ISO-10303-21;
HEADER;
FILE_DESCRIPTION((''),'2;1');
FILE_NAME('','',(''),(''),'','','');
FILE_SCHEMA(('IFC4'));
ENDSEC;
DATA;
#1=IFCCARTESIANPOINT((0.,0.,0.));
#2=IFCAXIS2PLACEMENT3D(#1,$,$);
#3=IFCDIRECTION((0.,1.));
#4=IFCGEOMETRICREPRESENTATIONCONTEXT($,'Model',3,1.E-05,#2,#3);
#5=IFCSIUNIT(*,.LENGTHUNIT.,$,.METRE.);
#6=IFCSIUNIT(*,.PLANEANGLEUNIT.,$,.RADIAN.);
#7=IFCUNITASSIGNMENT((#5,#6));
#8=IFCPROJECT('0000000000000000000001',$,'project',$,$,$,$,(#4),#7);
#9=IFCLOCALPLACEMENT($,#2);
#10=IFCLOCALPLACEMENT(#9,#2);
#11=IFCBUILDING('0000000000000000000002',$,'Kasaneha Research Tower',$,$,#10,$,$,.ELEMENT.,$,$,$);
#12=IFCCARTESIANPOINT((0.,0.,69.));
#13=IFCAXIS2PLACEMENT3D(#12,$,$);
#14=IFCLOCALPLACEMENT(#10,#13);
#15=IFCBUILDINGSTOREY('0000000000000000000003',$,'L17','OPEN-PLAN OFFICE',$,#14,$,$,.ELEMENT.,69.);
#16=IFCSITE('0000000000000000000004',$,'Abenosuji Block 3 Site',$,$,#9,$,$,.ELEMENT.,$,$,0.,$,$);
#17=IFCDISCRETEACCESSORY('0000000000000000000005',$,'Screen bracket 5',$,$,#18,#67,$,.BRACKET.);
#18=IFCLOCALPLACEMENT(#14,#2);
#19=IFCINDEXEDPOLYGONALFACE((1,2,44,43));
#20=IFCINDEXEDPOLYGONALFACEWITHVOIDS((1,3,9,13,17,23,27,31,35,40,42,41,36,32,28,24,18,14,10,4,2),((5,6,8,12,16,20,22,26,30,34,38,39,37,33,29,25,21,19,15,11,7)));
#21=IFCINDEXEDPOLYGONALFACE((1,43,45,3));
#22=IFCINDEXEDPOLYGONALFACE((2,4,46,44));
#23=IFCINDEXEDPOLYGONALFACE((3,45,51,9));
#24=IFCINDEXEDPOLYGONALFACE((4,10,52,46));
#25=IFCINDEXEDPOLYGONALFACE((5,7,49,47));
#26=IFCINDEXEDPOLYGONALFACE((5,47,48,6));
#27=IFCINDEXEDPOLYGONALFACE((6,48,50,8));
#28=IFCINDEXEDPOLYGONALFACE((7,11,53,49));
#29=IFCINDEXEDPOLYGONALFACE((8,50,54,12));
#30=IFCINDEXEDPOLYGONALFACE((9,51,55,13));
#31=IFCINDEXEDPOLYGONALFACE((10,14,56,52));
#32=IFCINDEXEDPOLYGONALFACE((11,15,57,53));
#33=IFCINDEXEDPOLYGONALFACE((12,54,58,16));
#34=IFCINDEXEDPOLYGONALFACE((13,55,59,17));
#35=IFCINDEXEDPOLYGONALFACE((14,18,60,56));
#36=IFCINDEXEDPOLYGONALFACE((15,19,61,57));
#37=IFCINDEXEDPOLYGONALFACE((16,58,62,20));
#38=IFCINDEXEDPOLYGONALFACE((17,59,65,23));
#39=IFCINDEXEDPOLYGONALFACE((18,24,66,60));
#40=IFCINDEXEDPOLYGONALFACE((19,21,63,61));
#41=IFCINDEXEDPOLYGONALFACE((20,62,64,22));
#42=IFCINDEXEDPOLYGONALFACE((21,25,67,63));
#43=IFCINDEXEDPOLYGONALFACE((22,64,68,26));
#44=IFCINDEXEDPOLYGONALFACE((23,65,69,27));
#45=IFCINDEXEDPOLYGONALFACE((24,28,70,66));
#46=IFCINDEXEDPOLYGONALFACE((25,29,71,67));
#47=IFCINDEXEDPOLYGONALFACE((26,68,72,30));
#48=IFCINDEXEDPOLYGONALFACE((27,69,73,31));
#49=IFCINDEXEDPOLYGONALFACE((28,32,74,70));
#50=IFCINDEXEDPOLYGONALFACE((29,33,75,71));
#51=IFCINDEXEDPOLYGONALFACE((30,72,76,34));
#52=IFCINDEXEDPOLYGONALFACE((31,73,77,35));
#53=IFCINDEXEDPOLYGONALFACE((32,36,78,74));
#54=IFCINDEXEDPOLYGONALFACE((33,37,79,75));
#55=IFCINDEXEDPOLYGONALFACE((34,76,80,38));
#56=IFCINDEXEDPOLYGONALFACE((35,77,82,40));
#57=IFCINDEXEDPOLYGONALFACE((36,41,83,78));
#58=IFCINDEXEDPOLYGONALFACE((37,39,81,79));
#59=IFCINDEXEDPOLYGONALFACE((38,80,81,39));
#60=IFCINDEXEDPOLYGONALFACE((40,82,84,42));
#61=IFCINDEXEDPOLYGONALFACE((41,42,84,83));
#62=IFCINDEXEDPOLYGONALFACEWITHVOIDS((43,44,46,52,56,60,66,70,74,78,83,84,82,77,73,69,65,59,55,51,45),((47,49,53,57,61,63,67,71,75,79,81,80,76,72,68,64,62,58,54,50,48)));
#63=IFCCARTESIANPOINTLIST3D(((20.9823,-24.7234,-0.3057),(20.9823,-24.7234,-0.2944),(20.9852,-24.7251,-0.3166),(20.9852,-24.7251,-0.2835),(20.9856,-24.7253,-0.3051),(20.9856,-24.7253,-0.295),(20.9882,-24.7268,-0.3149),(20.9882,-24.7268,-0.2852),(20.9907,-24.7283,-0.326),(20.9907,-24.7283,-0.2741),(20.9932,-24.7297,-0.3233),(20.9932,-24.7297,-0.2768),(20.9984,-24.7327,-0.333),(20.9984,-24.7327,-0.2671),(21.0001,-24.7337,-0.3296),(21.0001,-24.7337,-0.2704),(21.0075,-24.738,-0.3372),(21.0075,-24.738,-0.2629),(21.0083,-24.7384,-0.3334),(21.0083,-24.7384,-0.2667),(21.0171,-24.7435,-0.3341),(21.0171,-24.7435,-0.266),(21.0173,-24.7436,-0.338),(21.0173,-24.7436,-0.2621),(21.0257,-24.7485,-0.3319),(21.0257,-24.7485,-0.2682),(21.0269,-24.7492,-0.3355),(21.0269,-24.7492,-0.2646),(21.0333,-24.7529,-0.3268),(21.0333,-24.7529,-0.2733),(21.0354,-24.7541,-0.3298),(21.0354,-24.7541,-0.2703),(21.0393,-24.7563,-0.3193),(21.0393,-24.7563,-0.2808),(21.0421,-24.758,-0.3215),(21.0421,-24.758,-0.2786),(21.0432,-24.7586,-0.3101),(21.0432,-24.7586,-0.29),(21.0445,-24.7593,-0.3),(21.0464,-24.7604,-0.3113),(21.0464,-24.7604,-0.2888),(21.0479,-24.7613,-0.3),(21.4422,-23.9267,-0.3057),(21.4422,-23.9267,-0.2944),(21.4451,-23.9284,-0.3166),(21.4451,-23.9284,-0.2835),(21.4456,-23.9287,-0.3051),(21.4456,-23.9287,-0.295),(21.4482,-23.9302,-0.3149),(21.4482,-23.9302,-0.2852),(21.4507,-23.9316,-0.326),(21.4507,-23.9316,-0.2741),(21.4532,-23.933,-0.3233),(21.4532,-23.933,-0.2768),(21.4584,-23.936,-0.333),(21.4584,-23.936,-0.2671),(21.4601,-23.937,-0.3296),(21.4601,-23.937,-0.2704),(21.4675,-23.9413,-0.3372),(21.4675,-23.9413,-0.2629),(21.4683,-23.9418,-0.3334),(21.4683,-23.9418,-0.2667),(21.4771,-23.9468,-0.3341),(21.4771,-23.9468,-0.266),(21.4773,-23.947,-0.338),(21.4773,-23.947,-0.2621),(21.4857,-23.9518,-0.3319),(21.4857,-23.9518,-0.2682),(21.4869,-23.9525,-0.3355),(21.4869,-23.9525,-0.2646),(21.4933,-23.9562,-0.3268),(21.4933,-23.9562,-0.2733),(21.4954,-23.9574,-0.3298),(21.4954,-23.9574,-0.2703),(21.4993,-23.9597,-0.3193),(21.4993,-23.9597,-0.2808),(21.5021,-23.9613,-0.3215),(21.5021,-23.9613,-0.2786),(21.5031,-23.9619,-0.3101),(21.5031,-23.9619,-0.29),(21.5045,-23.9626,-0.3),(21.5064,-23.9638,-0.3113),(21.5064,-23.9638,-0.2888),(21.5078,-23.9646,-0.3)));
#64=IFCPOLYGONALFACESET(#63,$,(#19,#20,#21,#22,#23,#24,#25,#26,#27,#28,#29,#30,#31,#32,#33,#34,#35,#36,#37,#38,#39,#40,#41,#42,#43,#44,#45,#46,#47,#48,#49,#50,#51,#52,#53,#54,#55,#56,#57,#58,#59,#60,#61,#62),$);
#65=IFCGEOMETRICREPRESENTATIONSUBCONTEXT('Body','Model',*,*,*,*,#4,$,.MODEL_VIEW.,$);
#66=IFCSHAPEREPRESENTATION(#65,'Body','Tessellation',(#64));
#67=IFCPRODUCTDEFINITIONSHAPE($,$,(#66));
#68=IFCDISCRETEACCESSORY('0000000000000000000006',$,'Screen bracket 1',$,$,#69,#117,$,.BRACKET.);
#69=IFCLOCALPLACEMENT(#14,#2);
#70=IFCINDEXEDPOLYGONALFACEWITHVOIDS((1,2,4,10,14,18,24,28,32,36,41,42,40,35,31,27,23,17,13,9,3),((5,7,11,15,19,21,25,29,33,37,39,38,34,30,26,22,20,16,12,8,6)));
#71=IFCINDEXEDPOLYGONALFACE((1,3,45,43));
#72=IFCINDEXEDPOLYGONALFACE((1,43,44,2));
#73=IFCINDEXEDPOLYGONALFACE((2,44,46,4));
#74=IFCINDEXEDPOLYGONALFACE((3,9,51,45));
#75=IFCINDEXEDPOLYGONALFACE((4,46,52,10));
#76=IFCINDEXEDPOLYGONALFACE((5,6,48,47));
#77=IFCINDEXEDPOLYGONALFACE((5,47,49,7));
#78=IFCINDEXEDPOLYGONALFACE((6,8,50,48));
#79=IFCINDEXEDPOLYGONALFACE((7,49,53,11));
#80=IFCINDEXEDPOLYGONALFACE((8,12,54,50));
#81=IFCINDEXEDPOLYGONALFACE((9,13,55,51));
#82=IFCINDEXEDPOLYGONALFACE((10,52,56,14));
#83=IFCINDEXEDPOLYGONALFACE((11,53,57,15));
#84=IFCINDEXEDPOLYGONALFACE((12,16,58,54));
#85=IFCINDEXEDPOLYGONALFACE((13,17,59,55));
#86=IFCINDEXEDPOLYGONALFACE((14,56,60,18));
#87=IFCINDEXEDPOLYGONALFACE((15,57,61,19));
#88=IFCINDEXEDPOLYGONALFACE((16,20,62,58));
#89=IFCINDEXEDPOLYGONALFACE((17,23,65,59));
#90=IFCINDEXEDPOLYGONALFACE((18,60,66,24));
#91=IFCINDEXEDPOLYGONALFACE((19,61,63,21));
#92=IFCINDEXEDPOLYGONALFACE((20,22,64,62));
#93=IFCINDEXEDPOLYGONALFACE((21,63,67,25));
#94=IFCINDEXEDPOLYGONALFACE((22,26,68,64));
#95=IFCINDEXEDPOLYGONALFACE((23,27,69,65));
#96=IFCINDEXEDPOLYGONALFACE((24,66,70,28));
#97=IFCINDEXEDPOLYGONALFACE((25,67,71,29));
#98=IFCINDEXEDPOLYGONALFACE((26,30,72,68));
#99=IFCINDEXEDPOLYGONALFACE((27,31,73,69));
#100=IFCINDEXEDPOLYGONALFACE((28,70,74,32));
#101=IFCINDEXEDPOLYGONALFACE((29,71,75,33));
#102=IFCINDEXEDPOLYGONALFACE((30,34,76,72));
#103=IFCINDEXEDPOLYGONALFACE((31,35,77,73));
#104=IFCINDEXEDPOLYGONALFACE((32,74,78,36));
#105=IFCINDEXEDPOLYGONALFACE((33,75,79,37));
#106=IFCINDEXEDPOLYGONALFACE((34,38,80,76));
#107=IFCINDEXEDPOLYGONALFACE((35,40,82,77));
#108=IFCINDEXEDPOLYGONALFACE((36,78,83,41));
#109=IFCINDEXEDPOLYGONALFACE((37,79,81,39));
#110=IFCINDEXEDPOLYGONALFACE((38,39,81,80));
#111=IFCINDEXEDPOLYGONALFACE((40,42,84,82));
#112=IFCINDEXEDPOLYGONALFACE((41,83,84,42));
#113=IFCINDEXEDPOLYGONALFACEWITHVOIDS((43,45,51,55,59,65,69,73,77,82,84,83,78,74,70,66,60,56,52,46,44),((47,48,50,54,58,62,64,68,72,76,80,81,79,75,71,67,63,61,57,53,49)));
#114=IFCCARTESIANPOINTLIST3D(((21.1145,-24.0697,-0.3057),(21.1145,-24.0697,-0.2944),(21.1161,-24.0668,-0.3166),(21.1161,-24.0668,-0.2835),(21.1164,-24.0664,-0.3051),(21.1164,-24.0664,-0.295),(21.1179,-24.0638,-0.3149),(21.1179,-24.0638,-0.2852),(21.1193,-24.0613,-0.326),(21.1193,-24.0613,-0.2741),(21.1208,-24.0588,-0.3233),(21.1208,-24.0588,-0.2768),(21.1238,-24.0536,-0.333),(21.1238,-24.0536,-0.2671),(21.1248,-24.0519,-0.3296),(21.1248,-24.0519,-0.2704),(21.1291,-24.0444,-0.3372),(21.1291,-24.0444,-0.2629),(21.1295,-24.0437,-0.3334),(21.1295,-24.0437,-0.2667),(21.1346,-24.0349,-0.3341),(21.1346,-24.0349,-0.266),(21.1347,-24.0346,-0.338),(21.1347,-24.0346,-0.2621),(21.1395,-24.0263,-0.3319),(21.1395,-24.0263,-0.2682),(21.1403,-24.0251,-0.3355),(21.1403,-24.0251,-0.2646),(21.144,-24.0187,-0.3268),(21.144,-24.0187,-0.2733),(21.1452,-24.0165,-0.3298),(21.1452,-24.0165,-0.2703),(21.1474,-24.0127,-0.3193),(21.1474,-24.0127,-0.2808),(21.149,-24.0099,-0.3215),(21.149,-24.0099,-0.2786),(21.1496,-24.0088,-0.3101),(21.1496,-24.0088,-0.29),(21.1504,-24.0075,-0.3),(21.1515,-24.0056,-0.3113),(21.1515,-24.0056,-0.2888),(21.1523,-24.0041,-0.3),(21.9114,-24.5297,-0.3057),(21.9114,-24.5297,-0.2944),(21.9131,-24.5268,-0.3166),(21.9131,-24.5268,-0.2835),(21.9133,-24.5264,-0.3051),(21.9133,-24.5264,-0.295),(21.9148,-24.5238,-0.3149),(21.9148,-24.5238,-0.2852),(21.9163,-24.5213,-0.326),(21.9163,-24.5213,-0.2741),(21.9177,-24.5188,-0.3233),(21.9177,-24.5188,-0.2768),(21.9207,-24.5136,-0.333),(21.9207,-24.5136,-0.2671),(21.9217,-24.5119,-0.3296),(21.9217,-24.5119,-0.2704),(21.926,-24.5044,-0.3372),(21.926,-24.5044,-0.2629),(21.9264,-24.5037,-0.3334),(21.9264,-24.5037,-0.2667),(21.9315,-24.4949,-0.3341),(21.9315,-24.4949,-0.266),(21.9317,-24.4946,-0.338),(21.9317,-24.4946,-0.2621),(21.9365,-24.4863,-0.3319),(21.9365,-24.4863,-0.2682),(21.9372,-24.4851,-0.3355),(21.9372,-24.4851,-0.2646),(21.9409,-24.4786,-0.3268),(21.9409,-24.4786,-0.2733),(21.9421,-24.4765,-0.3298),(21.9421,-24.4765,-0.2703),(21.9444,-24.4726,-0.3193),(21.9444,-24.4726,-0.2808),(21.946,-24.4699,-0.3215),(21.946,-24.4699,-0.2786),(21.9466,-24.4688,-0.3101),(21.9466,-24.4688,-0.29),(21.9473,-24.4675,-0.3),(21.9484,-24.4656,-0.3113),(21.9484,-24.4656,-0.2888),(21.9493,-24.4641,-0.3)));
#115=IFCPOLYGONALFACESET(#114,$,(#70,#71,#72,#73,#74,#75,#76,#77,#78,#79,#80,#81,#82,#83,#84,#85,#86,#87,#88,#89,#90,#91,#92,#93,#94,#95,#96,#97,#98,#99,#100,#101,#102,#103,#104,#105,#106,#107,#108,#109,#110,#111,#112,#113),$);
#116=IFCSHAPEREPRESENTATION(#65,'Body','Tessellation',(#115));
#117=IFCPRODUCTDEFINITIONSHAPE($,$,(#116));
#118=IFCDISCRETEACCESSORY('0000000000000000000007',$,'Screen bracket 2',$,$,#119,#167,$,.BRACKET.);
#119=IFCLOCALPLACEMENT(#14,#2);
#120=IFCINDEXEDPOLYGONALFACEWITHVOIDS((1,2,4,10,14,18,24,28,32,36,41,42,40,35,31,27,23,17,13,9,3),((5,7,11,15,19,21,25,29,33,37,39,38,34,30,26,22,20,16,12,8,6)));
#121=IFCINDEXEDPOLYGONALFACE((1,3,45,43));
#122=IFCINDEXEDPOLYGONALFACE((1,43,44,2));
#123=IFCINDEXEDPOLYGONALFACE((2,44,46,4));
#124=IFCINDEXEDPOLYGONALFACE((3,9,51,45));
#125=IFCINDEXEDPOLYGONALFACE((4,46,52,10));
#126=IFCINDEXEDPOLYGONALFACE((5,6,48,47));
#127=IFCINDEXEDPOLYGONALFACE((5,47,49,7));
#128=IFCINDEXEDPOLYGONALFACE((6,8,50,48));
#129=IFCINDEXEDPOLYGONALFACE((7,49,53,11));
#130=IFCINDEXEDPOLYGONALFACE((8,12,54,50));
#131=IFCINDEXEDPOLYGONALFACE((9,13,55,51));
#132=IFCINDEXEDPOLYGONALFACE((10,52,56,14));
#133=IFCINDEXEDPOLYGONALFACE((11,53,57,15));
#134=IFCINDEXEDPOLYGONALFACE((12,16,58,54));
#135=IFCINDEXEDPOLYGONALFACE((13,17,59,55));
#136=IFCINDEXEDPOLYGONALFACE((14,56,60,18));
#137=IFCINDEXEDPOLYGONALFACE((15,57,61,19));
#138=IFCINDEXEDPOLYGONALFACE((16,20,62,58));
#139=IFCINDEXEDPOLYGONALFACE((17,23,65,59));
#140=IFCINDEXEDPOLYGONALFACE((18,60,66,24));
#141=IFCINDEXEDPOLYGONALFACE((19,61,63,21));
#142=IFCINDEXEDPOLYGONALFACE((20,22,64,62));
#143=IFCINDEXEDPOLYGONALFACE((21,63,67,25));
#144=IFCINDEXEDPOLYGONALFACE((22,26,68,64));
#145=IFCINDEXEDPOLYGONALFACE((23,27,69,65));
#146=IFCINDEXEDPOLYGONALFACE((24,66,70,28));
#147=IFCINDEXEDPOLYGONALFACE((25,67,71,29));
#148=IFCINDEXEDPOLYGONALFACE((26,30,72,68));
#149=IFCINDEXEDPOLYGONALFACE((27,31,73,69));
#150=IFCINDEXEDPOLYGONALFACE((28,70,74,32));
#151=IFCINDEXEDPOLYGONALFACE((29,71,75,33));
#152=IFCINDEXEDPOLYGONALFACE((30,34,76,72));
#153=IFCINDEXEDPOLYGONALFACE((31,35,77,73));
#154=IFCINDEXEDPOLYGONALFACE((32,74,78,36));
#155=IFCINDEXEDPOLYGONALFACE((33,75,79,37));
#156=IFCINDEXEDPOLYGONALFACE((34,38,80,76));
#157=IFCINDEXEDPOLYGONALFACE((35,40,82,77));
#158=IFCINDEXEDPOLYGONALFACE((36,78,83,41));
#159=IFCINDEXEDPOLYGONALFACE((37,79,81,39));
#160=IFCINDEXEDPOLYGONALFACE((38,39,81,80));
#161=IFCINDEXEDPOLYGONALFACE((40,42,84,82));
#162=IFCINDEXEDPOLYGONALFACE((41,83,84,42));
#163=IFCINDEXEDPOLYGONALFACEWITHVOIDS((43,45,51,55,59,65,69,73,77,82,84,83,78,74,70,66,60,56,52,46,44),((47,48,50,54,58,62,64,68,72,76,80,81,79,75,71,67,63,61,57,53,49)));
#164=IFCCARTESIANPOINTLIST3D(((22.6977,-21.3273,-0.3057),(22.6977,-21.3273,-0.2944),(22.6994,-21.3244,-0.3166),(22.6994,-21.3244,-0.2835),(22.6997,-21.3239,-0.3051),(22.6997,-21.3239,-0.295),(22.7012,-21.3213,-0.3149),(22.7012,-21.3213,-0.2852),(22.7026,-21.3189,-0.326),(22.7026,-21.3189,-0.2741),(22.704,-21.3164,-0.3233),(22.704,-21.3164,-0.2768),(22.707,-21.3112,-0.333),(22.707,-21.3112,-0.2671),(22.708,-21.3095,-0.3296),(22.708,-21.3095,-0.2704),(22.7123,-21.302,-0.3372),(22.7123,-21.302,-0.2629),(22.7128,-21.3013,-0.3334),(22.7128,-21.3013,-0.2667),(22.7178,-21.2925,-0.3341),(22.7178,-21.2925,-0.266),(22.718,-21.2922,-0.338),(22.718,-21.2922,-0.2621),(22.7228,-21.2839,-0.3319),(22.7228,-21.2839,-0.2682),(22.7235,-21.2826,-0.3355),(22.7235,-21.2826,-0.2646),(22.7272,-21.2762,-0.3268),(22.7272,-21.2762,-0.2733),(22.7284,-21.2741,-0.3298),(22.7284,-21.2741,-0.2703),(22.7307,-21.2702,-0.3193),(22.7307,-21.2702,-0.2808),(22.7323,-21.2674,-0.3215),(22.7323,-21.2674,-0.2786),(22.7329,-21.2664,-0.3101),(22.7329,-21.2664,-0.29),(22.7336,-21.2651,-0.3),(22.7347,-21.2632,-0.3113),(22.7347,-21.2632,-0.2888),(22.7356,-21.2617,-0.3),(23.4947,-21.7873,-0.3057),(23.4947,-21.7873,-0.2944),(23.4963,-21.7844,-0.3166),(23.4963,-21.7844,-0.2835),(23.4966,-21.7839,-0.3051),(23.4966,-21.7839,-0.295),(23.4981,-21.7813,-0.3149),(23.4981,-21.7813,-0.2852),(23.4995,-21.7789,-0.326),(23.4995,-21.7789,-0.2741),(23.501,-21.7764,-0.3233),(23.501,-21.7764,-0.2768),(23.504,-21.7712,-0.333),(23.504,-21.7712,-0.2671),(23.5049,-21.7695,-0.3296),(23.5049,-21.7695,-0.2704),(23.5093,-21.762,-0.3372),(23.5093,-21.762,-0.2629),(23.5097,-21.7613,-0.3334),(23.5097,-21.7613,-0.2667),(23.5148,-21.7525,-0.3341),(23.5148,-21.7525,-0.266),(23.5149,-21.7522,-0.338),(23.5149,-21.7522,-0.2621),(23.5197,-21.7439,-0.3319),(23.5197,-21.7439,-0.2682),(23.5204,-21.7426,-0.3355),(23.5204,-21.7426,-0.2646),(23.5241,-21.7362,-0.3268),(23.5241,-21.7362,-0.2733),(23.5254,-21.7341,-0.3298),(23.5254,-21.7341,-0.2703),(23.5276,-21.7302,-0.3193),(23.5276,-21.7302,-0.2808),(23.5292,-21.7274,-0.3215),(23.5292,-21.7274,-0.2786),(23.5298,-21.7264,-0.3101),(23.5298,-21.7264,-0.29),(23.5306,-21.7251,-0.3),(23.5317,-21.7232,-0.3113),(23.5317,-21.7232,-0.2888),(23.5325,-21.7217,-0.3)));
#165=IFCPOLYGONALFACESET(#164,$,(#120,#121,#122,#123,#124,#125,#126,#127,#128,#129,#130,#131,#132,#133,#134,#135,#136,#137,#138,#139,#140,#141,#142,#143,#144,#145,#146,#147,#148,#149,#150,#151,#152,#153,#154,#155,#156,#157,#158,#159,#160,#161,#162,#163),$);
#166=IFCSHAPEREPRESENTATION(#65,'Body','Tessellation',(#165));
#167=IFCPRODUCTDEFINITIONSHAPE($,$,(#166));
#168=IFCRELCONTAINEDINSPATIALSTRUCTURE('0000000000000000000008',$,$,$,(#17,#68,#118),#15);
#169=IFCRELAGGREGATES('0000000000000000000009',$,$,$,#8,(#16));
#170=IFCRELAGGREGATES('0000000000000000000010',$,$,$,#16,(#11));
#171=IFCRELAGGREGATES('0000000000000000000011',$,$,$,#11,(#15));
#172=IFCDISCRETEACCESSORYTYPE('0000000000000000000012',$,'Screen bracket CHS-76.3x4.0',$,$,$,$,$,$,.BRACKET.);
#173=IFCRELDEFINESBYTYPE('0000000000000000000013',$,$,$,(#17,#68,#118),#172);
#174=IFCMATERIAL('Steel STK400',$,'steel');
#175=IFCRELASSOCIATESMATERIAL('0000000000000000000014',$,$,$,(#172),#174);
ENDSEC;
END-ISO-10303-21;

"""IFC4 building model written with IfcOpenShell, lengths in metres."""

from ifc_helpers import new_model, si_unit, direction, frame, origin, origin_2d, place, context, subcontext, project, spatial, hollow_circle, extrude, material, material_profile, profile_set, type_object, element, save


model = new_model("IFC4")

# Units and contexts
model_context = context("Model", 3, precision=1e-05, world=origin(), true_north=direction((0.0, 1.0)))
body_context = subcontext(model_context, "Body", "Model", "MODEL_VIEW")
ifc_project = project(units=[si_unit("LENGTHUNIT", "METRE"), si_unit("PLANEANGLEUNIT", "RADIAN")], contexts=[model_context])

# Site, building, storey
site_placement = place(None, origin())
site = spatial("IfcSite", under=ifc_project, at=site_placement, Name="Abenosuji Block 3 Site", CompositionType="ELEMENT", RefElevation=0.0)
building_placement = place(site_placement, origin())
building = spatial("IfcBuilding", under=site, at=building_placement, Name="Kasaneha Research Tower", CompositionType="ELEMENT")
storey_placement = place(building_placement, frame((0.0, 0.0, 69.0)))
storey = spatial("IfcBuildingStorey", under=building, at=storey_placement, Name="L17", Description="OPEN-PLAN OFFICE", CompositionType="ELEMENT", Elevation=69.0)

# Discrete accessories
ifc_material_1 = material(Name="Steel STK400", Category="steel")
ifc_material_profile_1 = material_profile(ifc_material_1, hollow_circle(Radius=0.0381, WallThickness=0.0039, at=origin_2d()), Name="CHS-76.3x4.0")
ifc_profile_set_1 = profile_set([ifc_material_profile_1], Name="Steel STK400")
discrete_accessory_type = type_object("IfcDiscreteAccessoryType", Name="Screen bracket CHS-76.3x4.0", PredefinedType="BRACKET", material=ifc_profile_set_1)
discrete_accessory_1_placement = place(storey_placement, frame((21.4749, -23.9456, -0.3), z_axis=(-0.500021, -0.866013, 0.0), x_axis=(0.866013, -0.500021, 0.0)))
element("IfcDiscreteAccessory", 1, at=discrete_accessory_1_placement, inside=storey, type_object=discrete_accessory_type, Name="Screen bracket 5", PredefinedType="BRACKET", context=body_context, shape_type="SweptSolid", body=[
    extrude(hollow_circle(Radius=0.0381, WallThickness=0.0039, at=origin_2d()), origin(), (0.0, 0.0, 1.0), 0.9199),
])
for number, where, z_axis, x_axis, name in (
    (2, (21.1333, -24.0371, -0.3), (0.86608, -0.499906, 0.0), (0.499906, 0.86608, 0.0), "Screen bracket 1"),
    (3, (22.7166, -21.2947, -0.3), (0.86608, -0.499906, 0.0), (0.499906, 0.86608, 0.0), "Screen bracket 2"),
):
    element("IfcDiscreteAccessory", number, at=place(storey_placement, frame(where, z_axis=z_axis, x_axis=x_axis)), inside=storey, type_object=discrete_accessory_type, Name=name, PredefinedType="BRACKET", context=body_context, shape_type="SweptSolid", body=[
        extrude(hollow_circle(Radius=0.0381, WallThickness=0.0039, at=origin_2d()), origin(), (0.0, 0.0, 1.0), 0.9202),
    ])

save(model, "model.ifc")
